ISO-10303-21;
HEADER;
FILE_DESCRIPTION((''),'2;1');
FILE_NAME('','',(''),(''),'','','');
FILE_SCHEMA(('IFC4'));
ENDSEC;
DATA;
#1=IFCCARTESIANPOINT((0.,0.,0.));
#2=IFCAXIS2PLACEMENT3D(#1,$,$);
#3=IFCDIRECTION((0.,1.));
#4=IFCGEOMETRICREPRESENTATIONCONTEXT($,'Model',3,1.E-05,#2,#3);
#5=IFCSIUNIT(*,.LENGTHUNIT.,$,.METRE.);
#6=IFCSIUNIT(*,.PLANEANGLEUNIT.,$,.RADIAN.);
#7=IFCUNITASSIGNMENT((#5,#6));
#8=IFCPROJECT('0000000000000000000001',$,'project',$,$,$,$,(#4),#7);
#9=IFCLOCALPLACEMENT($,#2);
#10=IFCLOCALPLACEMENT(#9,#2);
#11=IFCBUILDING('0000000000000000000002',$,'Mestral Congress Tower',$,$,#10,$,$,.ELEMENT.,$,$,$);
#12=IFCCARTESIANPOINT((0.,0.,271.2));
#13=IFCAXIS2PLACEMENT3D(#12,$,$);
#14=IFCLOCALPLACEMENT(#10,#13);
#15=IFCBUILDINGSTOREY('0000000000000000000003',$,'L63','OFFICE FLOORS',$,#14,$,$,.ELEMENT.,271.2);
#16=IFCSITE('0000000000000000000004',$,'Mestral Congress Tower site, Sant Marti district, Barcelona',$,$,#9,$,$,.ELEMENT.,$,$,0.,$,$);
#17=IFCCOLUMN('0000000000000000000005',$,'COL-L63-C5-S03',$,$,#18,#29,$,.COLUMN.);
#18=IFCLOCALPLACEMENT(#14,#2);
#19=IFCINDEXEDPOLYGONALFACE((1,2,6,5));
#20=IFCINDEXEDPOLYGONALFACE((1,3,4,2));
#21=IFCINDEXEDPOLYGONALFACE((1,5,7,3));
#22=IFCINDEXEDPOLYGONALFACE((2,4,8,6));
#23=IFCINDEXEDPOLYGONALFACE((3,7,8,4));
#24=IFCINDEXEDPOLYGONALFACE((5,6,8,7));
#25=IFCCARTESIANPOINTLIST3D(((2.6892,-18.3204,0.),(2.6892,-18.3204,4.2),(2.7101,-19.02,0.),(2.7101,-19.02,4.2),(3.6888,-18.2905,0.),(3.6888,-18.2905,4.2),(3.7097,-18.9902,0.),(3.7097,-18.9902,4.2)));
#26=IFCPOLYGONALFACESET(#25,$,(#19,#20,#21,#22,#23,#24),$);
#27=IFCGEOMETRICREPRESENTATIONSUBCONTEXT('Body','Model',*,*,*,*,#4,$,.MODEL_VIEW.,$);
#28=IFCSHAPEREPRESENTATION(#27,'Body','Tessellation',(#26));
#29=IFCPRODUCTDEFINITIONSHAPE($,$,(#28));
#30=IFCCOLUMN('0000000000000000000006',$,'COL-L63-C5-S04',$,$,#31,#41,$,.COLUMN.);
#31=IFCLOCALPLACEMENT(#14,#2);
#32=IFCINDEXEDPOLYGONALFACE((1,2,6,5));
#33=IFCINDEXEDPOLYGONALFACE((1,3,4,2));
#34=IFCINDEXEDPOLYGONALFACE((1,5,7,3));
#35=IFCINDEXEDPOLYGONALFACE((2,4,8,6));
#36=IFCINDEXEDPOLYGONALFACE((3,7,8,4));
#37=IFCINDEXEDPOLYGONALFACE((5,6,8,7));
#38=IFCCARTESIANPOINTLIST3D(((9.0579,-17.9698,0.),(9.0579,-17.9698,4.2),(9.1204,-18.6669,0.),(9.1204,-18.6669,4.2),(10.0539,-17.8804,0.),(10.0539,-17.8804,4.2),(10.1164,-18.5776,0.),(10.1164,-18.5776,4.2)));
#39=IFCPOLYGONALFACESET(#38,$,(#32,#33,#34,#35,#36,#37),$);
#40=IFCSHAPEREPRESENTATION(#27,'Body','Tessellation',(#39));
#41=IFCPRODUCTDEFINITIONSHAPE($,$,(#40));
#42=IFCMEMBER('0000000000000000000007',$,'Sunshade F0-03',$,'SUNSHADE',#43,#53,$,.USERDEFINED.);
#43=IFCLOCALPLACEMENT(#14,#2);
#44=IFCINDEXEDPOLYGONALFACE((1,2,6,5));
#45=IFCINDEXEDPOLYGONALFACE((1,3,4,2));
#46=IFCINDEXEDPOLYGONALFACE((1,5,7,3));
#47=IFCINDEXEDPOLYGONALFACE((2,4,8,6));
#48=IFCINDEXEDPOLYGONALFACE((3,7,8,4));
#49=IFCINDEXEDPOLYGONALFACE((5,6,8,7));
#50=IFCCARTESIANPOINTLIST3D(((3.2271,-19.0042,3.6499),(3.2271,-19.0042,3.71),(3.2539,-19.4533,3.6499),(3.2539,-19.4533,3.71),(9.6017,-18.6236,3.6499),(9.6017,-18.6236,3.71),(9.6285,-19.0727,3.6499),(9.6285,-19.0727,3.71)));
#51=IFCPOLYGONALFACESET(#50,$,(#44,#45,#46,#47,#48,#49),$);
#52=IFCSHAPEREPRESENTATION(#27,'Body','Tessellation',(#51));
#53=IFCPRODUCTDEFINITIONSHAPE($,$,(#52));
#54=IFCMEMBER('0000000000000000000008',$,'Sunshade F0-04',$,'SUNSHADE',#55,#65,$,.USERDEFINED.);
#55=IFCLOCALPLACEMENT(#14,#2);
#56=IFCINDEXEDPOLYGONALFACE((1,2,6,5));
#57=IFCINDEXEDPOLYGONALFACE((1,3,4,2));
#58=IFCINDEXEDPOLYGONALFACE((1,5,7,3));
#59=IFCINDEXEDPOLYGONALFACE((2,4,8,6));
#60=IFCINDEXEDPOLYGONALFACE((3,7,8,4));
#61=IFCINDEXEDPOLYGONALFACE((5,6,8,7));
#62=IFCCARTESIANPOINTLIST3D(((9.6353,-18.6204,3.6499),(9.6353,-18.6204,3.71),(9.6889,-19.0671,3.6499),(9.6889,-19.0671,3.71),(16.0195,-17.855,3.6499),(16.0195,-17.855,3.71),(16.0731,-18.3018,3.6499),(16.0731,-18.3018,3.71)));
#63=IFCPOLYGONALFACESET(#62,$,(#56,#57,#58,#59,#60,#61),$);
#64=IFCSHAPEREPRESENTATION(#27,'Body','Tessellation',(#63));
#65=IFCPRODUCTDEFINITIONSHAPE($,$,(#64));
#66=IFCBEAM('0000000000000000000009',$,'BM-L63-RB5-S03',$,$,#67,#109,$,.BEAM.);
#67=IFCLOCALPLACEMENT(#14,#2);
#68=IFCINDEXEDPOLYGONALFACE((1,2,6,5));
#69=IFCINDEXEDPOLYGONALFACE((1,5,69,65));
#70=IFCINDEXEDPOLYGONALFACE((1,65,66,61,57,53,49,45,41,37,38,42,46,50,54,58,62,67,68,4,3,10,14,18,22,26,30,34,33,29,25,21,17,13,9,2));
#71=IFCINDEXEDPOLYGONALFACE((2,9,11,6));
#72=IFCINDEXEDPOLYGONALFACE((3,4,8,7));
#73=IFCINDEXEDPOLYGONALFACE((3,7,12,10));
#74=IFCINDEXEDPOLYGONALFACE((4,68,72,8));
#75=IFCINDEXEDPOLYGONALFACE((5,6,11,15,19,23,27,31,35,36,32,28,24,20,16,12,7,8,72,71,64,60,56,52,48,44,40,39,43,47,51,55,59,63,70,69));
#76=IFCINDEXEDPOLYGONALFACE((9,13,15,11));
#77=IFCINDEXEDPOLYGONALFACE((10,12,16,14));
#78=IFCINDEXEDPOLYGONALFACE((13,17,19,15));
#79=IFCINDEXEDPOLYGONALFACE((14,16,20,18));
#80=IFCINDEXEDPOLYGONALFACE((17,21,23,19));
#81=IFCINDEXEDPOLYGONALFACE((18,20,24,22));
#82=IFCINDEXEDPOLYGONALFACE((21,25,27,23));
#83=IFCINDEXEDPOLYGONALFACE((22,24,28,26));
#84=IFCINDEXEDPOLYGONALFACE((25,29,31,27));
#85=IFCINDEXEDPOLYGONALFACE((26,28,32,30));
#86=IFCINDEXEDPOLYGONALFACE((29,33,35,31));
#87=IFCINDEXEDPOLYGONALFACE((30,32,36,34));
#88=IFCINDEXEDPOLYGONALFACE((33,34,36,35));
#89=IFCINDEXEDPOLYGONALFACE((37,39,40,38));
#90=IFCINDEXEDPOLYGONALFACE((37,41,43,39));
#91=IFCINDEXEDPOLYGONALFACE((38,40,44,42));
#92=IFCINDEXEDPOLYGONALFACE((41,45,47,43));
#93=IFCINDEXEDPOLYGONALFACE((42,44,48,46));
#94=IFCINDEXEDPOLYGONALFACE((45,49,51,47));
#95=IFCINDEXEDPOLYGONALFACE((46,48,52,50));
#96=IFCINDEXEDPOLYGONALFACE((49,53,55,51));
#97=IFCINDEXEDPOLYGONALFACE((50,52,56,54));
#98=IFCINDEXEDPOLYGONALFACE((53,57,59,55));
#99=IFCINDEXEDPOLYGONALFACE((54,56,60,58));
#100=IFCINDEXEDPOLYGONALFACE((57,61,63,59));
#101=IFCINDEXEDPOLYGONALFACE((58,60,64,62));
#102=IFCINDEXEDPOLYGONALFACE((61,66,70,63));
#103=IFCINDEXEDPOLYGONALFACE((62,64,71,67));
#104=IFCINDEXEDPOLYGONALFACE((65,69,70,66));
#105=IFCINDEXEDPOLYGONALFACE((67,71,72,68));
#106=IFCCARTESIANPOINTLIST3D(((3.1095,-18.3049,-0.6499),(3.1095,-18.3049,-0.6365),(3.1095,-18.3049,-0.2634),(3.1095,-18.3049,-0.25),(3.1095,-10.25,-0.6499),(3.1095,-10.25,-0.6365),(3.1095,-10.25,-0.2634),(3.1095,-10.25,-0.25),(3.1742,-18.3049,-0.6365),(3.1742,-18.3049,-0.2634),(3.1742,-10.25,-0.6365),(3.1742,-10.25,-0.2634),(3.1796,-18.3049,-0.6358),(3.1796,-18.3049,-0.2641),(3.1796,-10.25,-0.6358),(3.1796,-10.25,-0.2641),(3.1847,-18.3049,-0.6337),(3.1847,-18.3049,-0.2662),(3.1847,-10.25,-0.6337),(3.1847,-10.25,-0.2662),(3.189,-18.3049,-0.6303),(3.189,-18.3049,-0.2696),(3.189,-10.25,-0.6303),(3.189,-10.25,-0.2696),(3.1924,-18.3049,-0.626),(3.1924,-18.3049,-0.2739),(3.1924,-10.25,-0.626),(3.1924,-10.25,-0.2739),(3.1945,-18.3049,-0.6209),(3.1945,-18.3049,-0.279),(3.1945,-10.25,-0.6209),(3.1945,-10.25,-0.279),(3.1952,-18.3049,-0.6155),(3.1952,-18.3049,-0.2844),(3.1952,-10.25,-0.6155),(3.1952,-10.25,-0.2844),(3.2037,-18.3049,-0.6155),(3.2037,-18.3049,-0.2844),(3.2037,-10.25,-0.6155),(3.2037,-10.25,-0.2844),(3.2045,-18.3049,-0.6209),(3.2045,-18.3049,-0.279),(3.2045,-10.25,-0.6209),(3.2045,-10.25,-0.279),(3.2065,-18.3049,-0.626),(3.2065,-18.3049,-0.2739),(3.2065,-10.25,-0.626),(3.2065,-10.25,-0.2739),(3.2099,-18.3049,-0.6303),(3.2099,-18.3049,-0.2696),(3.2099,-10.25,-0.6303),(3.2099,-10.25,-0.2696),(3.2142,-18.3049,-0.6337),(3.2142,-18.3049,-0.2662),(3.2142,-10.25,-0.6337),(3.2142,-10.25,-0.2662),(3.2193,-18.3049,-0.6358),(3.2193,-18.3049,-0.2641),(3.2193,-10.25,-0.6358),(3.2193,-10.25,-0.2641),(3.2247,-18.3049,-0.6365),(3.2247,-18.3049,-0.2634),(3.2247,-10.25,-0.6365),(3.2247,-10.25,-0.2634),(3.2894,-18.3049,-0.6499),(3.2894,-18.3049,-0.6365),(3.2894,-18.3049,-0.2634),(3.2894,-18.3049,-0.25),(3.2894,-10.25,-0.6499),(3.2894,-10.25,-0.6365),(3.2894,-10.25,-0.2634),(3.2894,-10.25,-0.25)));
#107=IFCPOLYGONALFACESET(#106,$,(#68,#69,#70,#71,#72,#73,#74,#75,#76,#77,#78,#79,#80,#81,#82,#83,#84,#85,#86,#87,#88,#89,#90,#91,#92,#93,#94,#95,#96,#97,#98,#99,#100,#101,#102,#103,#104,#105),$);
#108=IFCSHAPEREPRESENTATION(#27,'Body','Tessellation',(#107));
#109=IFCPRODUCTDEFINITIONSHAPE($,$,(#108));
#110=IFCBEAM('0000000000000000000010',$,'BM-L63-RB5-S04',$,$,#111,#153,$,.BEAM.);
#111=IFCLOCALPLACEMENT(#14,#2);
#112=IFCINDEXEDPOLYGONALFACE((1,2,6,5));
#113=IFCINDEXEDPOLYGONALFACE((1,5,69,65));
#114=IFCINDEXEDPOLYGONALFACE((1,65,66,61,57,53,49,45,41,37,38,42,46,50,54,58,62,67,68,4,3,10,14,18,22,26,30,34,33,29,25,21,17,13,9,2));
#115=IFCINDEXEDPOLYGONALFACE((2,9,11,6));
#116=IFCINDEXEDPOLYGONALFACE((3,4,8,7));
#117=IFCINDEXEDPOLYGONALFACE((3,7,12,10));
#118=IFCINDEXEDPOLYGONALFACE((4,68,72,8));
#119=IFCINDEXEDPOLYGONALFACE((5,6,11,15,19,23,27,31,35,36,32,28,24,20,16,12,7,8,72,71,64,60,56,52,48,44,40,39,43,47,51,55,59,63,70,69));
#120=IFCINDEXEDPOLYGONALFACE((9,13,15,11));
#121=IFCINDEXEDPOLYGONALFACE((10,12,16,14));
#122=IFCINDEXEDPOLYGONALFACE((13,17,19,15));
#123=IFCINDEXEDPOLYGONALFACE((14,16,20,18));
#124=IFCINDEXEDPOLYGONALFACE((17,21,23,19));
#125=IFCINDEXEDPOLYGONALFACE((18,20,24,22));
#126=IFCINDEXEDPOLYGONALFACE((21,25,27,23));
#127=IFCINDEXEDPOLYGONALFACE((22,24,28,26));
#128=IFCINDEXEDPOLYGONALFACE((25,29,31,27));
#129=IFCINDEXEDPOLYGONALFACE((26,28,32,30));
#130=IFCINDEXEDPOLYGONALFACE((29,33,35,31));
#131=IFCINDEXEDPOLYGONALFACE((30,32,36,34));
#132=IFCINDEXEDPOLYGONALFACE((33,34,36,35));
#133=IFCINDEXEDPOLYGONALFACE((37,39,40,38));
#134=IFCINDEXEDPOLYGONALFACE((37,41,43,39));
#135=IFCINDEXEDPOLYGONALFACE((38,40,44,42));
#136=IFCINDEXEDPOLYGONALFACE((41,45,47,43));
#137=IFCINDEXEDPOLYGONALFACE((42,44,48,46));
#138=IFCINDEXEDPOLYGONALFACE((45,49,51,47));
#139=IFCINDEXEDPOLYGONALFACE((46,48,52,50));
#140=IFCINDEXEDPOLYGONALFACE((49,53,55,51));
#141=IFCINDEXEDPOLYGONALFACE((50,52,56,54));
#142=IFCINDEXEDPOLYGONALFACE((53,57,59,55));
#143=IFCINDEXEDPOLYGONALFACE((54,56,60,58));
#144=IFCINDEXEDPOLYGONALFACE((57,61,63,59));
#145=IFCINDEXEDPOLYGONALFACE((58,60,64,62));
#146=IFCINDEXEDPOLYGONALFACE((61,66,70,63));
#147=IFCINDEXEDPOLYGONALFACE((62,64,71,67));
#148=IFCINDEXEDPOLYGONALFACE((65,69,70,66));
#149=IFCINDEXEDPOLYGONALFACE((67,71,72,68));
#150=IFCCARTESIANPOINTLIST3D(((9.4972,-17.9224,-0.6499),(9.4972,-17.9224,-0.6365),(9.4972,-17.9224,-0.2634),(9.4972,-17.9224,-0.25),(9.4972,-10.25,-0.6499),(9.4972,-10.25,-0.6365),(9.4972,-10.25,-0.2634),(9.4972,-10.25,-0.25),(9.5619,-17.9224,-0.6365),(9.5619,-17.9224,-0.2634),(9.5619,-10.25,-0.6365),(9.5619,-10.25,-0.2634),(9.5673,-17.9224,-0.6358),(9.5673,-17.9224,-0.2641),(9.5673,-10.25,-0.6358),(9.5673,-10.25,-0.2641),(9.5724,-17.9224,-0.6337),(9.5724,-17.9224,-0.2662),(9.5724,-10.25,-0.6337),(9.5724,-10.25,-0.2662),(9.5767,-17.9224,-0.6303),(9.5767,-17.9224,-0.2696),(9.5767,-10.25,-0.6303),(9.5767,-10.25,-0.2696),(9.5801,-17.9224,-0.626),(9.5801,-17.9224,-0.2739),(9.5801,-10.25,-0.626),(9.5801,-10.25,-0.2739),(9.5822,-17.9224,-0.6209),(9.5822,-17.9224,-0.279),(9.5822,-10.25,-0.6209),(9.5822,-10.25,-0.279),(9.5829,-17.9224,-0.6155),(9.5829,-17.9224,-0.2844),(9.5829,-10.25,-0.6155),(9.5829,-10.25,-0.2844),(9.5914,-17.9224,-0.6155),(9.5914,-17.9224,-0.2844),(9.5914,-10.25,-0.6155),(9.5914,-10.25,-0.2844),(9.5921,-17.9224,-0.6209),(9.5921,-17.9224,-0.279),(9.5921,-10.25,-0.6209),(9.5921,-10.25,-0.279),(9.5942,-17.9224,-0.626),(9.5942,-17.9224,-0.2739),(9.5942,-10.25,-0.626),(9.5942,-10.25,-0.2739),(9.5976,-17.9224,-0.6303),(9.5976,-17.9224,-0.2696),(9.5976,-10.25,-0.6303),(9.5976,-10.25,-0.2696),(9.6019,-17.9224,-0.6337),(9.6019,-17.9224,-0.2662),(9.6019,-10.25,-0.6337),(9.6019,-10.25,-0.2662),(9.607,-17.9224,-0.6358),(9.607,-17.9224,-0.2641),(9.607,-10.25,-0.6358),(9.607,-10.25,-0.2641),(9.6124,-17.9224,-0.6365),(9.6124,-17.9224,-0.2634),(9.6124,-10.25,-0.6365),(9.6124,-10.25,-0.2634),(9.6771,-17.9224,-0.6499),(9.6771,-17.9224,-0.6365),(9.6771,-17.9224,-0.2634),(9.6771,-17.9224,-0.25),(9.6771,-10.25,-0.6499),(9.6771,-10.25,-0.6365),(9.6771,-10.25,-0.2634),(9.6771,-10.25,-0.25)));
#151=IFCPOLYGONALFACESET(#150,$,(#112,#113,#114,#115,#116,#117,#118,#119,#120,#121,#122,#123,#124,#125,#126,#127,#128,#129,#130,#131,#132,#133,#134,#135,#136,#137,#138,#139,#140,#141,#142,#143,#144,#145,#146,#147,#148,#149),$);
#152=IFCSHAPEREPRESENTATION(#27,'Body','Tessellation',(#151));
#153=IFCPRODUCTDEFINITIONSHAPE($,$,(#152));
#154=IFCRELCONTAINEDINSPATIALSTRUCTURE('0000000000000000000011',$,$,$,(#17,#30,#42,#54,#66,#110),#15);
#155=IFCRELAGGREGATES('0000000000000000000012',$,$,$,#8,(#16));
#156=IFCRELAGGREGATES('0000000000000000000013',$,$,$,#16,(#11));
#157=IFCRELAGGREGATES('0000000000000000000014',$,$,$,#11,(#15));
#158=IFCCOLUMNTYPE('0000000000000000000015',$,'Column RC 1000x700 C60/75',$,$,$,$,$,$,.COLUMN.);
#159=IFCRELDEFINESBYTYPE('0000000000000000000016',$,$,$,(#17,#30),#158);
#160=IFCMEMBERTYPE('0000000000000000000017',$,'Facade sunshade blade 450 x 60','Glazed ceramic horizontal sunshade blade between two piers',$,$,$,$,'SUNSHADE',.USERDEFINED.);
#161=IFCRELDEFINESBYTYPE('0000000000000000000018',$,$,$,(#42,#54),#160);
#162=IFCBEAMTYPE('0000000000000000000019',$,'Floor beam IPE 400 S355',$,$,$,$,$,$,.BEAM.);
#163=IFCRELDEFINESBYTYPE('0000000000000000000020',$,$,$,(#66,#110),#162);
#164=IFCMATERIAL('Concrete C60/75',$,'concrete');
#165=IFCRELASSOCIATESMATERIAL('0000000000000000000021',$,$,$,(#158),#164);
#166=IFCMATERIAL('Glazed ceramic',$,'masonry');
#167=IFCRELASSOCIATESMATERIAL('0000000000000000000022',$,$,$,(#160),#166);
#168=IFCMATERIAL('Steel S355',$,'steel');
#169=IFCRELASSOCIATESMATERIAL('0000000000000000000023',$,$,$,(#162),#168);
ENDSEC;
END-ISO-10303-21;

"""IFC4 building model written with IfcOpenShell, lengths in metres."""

from ifc_helpers import new_model, si_unit, direction, frame, origin, origin_2d, place, context, subcontext, project, spatial, rectangle, i_section, extrude, material, material_profile, profile_set, type_object, element, save


model = new_model("IFC4")

# Units and contexts
model_context = context("Model", 3, precision=1e-05, world=origin(), true_north=direction((0.0, 1.0)))
body_context = subcontext(model_context, "Body", "Model", "MODEL_VIEW")
ifc_project = project(units=[si_unit("LENGTHUNIT", "METRE"), si_unit("PLANEANGLEUNIT", "RADIAN")], contexts=[model_context])

# Site, building, storey
site_placement = place(None, origin())
site = spatial("IfcSite", under=ifc_project, at=site_placement, Name="Mestral Congress Tower site, Sant Marti district, Barcelona", CompositionType="ELEMENT", RefElevation=0.0)
building_placement = place(site_placement, origin())
building = spatial("IfcBuilding", under=site, at=building_placement, Name="Mestral Congress Tower", CompositionType="ELEMENT")
storey_placement = place(building_placement, frame((0.0, 0.0, 271.2)))
storey = spatial("IfcBuildingStorey", under=building, at=storey_placement, Name="L63", Description="OFFICE FLOORS", CompositionType="ELEMENT", Elevation=271.2)

# Columns
ifc_material_1 = material(Name="Concrete C60/75", Category="concrete")
ifc_material_profile_1 = material_profile(ifc_material_1, rectangle(XDim=1.0, YDim=0.7, at=origin_2d()), Name="RC 1000x700")
ifc_profile_set_1 = profile_set([ifc_material_profile_1], Name="Concrete C60/75")
column_type = type_object("IfcColumnType", Name="Column RC 1000x700 C60/75", PredefinedType="COLUMN", material=ifc_profile_set_1)
for number, where, z_axis, x_axis, name in (
    (1, (3.1995, -18.6553, 0.0), (0.0, 0.0, 1.0), (0.999555, 0.029828, 0.0), "COL-L63-C5-S03"),
    (2, (9.5872, -18.2737, 0.0), (0.0, 0.0, 1.0), (0.995998, 0.089378, 0.0), "COL-L63-C5-S04"),
):
    element("IfcColumn", number, at=place(storey_placement, frame(where, z_axis=z_axis, x_axis=x_axis)), inside=storey, type_object=column_type, Name=name, PredefinedType="COLUMN", context=body_context, shape_type="SweptSolid", body=[
        extrude(rectangle(XDim=1.0, YDim=0.7, at=origin_2d()), origin(), (0.0, 0.0, 1.0), 4.2),
    ])

# Members
ifc_material_2 = material(Name="Glazed ceramic", Category="masonry")
ifc_material_profile_2 = material_profile(ifc_material_2, rectangle(XDim=0.45, YDim=0.0601, at=origin_2d()), Name="Ceramic blade 450 x 60")
ifc_profile_set_2 = profile_set([ifc_material_profile_2], Name="Glazed ceramic")
member_type = type_object("IfcMemberType", Name="Facade sunshade blade 450 x 60", Description="Glazed ceramic horizontal sunshade blade between two piers", ElementType="SUNSHADE", PredefinedType="USERDEFINED", material=ifc_profile_set_2)
member_1_placement = place(storey_placement, frame((3.2405, -19.2288, 3.6799), z_axis=(0.998222, 0.059603, 0.0), x_axis=(-0.059603, 0.998222, 0.0)))
element("IfcMember", 3, at=member_1_placement, inside=storey, type_object=member_type, Name="Sunshade F0-03", ObjectType="SUNSHADE", PredefinedType="USERDEFINED", context=body_context, shape_type="SweptSolid", body=[
    extrude(rectangle(XDim=0.45, YDim=0.0601, at=origin_2d()), origin(), (0.0, 0.0, 1.0), 6.386),
])
member_2_placement = place(storey_placement, frame((9.6621, -18.8438, 3.6799), z_axis=(0.99289, 0.119033, 0.0), x_axis=(-0.119033, 0.99289, 0.0)))
element("IfcMember", 4, at=member_2_placement, inside=storey, type_object=member_type, Name="Sunshade F0-04", ObjectType="SUNSHADE", PredefinedType="USERDEFINED", context=body_context, shape_type="SweptSolid", body=[
    extrude(rectangle(XDim=0.45, YDim=0.0601, at=origin_2d()), origin(), (0.0, 0.0, 1.0), 6.4299),
])

# Beams
ifc_material_3 = material(Name="Steel S355", Category="steel")
ifc_material_profile_3 = material_profile(ifc_material_3, i_section(OverallWidth=0.1799, OverallDepth=0.3999, WebThickness=0.0085, FlangeThickness=0.0134, FilletRadius=0.021, at=origin_2d()), Name="IPE 400")
ifc_profile_set_3 = profile_set([ifc_material_profile_3], Name="Steel S355")
beam_type_1 = type_object("IfcBeamType", Name="Floor beam IPE 400 S355", PredefinedType="BEAM", material=ifc_profile_set_3)
beam_1_placement = place(storey_placement, frame((3.1995, -18.3049, -0.45), z_axis=(0.0, 1.0, 0.0), x_axis=(-1.0, 0.0, 0.0)))
element("IfcBeam", 5, at=beam_1_placement, inside=storey, type_object=beam_type_1, Name="BM-L63-RB5-S03", PredefinedType="BEAM", context=body_context, shape_type="SweptSolid", body=[
    extrude(i_section(OverallWidth=0.1799, OverallDepth=0.3999, WebThickness=0.0085, FlangeThickness=0.0134, FilletRadius=0.021, at=origin_2d()), origin(), (0.0, 0.0, 1.0), 8.0549),
])
beam_2_placement = place(storey_placement, frame((9.5872, -17.9224, -0.45), z_axis=(0.0, 1.0, 0.0), x_axis=(-1.0, 0.0, 0.0)))
element("IfcBeam", 6, at=beam_2_placement, inside=storey, type_object=beam_type_1, Name="BM-L63-RB5-S04", PredefinedType="BEAM", context=body_context, shape_type="SweptSolid", body=[
    extrude(i_section(OverallWidth=0.1799, OverallDepth=0.3999, WebThickness=0.0085, FlangeThickness=0.0134, FilletRadius=0.021, at=origin_2d()), origin(), (0.0, 0.0, 1.0), 7.6724),
])

save(model, "model.ifc")
